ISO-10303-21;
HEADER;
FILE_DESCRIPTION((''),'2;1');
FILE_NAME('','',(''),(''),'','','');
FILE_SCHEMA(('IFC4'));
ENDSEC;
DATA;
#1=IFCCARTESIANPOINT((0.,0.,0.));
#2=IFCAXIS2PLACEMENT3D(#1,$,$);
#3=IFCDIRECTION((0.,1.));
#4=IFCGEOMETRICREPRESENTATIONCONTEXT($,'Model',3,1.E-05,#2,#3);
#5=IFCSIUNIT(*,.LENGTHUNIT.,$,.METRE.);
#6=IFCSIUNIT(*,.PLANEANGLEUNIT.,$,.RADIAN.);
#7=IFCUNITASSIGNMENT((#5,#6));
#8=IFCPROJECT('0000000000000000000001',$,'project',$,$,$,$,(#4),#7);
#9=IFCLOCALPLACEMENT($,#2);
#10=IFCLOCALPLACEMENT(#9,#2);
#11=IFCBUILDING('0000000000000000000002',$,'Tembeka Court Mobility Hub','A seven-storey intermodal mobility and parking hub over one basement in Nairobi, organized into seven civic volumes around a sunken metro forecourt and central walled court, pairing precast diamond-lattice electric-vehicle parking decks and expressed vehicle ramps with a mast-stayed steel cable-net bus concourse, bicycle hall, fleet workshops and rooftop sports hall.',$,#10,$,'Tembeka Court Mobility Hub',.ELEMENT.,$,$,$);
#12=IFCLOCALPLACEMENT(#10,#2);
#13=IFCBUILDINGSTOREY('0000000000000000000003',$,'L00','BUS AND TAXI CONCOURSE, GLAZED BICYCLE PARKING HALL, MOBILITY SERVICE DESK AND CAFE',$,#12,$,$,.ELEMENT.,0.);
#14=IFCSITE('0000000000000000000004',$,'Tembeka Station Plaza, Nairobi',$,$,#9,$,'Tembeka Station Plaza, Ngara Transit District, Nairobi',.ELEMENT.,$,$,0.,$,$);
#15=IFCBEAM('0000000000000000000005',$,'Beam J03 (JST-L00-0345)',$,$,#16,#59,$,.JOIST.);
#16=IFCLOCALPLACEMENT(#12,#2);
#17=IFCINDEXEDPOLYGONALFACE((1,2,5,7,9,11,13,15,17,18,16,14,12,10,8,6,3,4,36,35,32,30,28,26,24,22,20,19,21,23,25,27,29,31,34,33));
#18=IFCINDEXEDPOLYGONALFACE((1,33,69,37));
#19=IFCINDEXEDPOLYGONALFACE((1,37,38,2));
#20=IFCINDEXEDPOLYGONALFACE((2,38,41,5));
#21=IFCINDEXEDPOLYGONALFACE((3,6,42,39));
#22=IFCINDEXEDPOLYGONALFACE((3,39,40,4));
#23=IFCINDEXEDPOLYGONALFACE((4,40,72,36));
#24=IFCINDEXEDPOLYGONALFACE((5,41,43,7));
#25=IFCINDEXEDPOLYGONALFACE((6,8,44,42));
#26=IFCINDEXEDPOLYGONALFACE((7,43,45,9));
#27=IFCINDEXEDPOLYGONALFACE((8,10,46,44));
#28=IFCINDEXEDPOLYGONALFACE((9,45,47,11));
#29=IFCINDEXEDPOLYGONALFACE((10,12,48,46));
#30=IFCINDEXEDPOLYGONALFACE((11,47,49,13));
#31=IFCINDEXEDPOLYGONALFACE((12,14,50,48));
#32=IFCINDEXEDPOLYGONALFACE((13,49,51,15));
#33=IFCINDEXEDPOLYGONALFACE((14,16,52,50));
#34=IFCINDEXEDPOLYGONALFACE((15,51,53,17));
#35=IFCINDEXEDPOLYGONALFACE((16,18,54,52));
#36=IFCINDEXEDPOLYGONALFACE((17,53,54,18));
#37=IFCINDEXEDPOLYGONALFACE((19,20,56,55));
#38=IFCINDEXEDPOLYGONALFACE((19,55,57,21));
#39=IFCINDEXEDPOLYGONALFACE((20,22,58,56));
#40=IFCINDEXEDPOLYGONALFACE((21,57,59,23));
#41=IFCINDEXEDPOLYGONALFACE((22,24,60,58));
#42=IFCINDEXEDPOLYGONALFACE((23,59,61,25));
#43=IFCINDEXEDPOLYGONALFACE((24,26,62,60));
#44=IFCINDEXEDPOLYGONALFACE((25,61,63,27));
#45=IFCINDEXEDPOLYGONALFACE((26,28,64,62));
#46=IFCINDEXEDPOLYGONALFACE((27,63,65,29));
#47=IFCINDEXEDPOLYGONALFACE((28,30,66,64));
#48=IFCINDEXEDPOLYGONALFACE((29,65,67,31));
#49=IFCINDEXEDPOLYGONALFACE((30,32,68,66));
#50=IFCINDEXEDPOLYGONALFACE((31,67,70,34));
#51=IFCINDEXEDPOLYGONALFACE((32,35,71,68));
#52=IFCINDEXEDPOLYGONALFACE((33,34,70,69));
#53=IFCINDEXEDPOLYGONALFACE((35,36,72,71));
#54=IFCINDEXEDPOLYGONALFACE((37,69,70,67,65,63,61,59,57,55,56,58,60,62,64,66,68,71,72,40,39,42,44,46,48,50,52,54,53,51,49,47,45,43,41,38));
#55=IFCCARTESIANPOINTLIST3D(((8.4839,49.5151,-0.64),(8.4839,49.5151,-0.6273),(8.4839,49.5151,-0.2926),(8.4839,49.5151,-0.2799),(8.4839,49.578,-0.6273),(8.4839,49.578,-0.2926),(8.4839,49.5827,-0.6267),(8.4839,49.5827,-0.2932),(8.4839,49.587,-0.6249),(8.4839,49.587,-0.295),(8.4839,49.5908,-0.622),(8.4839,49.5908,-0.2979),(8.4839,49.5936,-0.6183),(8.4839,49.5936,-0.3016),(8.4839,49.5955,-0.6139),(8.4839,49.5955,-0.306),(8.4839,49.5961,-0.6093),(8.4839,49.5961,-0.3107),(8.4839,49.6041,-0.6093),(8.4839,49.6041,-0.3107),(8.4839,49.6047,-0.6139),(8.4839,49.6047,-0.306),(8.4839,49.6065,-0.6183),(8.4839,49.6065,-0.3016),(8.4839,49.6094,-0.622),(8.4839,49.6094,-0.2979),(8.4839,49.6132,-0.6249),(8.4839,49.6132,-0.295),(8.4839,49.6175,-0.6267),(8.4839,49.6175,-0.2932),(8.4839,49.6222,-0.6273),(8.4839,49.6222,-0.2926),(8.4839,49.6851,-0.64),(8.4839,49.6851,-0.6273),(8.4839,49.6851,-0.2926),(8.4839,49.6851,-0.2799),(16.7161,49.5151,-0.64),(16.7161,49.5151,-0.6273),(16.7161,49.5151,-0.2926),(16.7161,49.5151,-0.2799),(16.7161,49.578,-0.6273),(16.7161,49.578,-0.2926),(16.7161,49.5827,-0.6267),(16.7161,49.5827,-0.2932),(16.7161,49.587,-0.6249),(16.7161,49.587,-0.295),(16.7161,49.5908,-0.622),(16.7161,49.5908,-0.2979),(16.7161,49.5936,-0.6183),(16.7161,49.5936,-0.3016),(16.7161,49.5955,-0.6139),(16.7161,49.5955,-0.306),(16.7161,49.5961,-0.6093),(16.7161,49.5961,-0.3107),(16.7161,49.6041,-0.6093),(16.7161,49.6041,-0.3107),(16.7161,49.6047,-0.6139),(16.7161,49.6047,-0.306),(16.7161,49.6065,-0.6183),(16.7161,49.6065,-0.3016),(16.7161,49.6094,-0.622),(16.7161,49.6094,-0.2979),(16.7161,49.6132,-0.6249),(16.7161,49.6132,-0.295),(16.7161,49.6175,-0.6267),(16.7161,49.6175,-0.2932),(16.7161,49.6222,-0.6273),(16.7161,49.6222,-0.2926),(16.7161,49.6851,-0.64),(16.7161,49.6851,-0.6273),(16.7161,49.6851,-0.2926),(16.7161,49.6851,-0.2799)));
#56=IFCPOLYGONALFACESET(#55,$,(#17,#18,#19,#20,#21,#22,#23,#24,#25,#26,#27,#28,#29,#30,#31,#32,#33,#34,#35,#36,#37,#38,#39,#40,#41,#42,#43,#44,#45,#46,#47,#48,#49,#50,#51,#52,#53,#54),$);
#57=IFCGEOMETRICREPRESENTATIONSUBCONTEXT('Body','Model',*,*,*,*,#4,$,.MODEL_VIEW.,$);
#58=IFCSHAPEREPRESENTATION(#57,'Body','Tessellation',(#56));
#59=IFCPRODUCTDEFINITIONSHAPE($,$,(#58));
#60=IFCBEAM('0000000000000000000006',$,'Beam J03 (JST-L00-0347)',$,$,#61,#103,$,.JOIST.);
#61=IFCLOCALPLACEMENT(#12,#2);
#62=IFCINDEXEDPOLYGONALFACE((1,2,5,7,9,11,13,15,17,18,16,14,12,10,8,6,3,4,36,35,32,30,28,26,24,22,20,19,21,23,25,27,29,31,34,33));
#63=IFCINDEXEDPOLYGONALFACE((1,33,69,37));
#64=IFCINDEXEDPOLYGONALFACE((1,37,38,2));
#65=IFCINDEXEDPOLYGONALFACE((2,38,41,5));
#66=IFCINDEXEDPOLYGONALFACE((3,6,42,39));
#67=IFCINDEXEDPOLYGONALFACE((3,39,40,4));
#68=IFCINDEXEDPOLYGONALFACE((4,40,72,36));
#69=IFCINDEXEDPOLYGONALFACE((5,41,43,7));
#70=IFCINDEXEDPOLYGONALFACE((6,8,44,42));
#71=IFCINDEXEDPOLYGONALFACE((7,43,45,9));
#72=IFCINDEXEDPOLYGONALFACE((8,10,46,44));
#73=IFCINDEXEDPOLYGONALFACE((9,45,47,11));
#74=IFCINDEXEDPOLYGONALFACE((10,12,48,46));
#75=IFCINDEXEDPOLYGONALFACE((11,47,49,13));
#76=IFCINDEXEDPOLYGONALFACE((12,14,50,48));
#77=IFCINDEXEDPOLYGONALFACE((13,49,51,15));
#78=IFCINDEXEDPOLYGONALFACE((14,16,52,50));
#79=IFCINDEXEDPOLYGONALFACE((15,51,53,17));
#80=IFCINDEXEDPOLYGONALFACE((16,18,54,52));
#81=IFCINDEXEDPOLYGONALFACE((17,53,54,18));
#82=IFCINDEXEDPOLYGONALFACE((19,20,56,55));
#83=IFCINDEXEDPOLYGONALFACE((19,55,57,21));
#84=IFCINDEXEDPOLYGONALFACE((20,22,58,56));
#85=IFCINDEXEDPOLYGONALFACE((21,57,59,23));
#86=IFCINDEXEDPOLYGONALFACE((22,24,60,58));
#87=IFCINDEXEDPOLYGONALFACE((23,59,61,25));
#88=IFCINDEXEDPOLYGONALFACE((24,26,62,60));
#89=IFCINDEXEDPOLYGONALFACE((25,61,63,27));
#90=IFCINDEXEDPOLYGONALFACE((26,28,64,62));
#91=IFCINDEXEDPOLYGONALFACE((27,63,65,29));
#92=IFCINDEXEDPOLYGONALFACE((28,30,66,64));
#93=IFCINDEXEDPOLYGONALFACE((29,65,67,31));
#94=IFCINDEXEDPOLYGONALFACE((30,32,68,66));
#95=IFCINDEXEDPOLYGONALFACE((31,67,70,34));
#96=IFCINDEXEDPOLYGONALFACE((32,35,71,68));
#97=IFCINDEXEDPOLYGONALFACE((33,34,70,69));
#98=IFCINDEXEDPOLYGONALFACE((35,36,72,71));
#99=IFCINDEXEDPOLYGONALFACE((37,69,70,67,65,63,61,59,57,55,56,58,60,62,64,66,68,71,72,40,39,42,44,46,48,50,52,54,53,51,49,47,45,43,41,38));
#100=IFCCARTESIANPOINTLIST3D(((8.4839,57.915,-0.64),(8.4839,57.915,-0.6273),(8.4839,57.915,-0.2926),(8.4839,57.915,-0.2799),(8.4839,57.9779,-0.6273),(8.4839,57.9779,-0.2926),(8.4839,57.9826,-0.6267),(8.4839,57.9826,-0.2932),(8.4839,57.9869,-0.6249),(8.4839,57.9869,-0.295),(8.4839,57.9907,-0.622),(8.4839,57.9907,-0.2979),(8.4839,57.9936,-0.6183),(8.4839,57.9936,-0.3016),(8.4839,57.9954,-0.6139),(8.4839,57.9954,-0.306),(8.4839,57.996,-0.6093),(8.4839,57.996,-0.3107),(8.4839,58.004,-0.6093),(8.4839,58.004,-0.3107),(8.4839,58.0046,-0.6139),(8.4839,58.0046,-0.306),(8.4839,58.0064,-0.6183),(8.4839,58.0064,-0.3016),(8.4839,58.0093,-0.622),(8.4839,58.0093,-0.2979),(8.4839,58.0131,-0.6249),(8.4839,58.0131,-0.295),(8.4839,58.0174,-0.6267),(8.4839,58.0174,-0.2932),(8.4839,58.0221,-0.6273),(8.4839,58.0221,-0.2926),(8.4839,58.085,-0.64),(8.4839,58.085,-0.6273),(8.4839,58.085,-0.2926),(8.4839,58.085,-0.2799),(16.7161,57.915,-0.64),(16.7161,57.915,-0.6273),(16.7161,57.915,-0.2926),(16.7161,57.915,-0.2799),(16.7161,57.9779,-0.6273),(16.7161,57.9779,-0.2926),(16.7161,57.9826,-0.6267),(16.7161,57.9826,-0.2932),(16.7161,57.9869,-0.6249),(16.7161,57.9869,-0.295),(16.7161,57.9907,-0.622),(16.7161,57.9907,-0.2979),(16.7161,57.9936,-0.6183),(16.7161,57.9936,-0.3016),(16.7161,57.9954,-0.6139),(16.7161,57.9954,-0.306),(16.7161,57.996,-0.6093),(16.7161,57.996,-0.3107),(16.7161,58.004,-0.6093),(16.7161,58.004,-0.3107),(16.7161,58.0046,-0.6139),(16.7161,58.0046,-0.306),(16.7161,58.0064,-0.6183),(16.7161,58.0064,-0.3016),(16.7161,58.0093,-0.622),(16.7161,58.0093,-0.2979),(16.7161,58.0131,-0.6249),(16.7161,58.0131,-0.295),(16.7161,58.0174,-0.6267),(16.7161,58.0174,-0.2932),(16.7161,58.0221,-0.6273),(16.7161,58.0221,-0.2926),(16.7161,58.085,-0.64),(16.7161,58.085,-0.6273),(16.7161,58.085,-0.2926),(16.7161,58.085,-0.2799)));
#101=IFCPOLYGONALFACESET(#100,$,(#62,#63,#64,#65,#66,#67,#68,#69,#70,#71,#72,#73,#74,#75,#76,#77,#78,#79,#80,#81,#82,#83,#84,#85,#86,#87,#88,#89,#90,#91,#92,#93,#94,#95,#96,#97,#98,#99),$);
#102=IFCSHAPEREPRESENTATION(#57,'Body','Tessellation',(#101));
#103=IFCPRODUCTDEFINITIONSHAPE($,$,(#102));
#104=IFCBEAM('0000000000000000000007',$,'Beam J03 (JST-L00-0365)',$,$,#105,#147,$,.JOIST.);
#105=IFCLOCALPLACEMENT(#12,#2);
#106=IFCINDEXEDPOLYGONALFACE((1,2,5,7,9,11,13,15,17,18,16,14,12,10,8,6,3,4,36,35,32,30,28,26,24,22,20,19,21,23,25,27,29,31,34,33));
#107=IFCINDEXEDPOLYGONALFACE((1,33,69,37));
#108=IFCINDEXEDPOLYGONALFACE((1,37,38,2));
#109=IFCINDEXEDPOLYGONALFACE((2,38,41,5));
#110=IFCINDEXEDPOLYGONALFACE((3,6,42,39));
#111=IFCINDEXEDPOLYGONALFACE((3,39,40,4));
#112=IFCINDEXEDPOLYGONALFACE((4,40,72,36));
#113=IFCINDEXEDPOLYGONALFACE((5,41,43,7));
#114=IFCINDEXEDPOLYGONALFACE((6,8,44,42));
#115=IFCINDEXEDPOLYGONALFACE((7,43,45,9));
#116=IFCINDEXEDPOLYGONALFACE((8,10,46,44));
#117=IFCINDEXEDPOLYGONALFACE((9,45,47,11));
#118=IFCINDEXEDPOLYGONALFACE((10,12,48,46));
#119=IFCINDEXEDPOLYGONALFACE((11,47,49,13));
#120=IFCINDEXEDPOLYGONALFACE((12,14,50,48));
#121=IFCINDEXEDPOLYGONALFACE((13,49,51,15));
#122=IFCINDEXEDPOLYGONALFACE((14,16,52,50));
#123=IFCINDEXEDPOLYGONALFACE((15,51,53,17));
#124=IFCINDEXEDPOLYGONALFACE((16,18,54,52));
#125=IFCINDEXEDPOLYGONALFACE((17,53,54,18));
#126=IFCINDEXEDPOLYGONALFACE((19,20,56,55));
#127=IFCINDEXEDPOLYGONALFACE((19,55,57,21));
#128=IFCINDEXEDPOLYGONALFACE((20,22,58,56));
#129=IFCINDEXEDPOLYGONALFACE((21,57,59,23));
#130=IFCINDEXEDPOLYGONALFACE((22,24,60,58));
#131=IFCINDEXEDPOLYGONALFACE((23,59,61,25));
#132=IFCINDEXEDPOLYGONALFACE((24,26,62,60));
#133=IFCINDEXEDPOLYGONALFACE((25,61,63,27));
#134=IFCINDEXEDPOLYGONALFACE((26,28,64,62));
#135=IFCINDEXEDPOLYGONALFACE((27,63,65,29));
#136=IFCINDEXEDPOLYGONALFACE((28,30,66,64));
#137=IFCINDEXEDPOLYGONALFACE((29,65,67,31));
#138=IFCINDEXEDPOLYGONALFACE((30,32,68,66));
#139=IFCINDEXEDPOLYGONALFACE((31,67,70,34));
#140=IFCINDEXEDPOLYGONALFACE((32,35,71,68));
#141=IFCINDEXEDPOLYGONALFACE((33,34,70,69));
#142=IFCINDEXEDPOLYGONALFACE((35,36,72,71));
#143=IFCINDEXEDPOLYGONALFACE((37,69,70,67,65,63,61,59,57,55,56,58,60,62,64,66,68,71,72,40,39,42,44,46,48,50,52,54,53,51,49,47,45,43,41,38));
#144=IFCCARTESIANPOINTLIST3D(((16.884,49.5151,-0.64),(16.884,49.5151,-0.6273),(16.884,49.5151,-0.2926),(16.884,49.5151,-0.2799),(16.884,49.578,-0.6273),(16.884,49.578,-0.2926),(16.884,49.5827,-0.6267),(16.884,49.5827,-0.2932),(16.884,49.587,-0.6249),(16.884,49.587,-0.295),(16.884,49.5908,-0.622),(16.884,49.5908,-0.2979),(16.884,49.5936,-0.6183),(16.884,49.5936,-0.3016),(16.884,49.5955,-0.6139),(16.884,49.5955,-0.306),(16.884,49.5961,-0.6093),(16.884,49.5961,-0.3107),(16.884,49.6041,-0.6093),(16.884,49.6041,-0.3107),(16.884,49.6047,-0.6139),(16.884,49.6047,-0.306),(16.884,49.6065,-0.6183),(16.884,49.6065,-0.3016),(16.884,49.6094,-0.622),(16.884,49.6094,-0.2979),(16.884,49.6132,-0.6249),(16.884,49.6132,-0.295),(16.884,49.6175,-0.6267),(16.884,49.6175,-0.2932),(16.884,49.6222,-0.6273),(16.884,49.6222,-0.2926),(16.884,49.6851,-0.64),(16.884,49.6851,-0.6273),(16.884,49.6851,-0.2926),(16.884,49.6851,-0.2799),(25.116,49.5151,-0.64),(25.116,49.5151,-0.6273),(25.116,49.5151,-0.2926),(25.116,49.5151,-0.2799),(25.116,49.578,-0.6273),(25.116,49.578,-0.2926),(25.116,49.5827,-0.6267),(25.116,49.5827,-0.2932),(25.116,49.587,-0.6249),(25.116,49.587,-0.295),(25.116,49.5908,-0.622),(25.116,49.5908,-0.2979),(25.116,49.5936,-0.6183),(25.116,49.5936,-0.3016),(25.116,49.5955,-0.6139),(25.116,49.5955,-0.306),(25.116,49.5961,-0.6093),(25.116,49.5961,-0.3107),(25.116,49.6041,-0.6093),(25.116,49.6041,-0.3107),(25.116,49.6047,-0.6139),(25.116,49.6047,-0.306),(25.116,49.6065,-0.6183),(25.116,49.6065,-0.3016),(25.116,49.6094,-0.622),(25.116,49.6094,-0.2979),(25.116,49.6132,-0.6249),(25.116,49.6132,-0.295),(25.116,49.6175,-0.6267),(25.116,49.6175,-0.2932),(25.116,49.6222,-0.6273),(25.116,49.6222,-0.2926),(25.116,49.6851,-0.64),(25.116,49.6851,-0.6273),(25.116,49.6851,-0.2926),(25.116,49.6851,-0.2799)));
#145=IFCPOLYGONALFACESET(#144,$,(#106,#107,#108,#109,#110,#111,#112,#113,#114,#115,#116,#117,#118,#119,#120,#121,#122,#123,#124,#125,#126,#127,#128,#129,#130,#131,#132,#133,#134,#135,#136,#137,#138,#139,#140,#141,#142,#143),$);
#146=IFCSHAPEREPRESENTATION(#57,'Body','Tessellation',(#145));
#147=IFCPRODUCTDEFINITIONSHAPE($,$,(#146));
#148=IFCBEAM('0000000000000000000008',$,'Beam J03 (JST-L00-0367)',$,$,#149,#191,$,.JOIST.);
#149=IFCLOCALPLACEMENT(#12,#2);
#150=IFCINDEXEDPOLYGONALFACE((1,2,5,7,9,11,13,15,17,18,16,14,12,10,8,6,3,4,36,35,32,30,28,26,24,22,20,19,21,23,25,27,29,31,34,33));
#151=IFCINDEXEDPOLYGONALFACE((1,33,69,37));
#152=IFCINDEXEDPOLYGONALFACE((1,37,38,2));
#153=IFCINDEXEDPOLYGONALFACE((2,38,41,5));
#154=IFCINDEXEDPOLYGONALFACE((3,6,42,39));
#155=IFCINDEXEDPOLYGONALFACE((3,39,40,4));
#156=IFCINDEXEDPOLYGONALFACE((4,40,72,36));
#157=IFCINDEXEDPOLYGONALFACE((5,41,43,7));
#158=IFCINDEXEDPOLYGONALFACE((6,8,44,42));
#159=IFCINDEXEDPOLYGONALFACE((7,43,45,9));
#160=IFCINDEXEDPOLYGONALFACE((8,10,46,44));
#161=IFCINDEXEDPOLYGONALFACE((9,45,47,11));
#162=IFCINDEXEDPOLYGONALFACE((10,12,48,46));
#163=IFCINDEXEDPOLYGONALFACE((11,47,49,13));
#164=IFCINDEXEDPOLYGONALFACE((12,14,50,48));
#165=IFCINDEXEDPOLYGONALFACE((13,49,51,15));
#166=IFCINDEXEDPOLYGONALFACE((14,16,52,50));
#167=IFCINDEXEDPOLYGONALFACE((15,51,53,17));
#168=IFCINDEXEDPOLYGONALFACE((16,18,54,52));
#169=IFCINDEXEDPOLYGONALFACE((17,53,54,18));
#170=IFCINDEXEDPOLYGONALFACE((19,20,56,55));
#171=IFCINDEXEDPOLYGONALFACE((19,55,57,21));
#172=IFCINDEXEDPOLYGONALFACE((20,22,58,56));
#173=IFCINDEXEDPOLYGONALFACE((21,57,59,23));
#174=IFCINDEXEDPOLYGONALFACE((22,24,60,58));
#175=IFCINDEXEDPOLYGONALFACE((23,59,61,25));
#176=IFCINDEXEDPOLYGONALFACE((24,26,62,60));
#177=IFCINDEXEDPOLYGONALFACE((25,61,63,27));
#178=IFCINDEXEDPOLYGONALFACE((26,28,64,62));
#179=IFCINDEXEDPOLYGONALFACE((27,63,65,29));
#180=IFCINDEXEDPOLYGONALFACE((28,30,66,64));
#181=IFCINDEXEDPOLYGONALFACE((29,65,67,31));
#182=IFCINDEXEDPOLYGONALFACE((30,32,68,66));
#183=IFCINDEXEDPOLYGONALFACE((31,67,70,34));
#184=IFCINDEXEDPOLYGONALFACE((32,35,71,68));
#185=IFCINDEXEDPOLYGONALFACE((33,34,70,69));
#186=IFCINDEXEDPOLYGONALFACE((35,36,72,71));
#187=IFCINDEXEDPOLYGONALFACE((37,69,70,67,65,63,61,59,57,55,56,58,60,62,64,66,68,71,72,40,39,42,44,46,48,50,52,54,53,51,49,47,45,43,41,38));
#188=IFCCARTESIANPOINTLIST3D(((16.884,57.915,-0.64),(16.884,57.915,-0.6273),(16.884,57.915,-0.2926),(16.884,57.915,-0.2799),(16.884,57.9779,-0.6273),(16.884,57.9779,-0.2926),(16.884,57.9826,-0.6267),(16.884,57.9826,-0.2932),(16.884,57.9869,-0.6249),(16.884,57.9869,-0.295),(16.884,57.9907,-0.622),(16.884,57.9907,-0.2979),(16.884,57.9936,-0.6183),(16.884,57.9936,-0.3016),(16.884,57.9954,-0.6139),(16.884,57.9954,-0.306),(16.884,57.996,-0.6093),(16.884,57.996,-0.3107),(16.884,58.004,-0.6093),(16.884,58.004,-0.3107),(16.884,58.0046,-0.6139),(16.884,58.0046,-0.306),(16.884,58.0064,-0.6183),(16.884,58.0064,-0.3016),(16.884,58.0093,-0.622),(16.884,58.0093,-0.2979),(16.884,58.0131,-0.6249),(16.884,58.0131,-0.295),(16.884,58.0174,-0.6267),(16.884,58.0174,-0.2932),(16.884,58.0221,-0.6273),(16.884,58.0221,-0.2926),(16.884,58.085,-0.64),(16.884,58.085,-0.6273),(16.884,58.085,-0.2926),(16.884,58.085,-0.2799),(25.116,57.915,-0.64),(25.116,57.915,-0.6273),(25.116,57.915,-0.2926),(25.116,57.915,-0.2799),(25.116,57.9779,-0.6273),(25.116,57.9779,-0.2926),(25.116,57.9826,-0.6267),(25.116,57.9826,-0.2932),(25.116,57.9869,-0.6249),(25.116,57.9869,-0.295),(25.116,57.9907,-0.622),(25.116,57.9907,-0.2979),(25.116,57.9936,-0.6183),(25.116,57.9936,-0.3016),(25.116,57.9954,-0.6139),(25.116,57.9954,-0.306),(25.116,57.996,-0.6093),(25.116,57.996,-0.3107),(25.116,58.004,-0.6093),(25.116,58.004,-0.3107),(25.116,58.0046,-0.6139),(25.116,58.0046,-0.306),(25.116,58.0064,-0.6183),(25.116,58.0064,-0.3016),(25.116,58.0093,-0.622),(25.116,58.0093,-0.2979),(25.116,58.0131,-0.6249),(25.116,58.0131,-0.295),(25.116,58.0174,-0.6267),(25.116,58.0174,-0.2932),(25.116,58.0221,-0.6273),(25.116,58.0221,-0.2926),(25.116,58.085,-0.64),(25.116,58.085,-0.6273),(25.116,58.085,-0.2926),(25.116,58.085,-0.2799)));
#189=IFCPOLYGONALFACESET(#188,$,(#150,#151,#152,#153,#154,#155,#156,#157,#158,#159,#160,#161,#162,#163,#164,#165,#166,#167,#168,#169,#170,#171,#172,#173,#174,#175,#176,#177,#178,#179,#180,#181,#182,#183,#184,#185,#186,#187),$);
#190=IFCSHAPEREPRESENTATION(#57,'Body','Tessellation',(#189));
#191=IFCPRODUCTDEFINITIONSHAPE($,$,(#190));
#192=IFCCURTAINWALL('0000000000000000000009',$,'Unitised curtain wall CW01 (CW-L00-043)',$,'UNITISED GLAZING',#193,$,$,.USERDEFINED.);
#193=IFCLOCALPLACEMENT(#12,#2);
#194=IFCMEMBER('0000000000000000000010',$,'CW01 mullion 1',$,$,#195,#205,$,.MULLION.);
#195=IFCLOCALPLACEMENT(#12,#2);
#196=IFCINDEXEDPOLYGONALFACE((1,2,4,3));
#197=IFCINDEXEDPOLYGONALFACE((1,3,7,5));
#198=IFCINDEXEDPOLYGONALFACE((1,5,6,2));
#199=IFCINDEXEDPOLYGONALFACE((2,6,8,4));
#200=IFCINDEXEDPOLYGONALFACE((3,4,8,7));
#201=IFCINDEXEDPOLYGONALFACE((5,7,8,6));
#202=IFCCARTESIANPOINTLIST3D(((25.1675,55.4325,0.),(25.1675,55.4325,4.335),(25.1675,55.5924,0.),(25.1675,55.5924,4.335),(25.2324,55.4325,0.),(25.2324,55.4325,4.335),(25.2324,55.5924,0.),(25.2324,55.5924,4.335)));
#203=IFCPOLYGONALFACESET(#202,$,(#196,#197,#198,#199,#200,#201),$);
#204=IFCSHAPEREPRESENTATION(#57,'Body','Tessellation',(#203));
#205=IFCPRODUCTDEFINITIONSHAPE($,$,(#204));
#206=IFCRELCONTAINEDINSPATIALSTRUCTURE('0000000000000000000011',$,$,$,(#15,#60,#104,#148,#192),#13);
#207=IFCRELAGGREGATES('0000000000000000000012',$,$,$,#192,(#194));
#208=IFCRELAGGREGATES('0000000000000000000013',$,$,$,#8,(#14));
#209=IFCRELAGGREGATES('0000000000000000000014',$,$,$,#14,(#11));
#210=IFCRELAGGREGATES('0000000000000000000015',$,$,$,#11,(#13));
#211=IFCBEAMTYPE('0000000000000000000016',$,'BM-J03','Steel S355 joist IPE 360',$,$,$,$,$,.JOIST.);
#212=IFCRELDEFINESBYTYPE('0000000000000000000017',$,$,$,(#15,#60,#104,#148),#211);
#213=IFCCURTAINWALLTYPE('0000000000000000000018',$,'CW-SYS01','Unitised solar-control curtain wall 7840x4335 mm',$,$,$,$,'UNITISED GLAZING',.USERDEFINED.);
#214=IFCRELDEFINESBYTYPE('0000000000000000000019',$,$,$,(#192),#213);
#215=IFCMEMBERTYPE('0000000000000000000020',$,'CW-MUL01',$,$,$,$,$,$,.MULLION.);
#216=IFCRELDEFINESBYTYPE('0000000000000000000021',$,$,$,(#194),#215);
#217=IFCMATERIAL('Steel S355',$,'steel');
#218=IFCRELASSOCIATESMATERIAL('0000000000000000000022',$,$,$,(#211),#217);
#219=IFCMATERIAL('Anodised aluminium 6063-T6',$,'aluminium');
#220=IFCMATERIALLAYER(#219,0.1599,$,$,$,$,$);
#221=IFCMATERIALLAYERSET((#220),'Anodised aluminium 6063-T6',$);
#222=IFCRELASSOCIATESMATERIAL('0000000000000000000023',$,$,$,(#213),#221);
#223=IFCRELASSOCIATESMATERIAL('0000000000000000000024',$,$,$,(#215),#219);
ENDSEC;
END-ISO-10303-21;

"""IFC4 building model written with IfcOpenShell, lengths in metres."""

from ifc_helpers import new_model, si_unit, direction, frame, origin, origin_2d, place, context, subcontext, project, spatial, rectangle, i_section, extrude, material, layer, layer_set, material_profile, profile_set, type_object, element, aggregate, save


model = new_model("IFC4")

# Units and contexts
model_context = context("Model", 3, precision=1e-05, world=origin(), true_north=direction((0.0, 1.0)))
body_context = subcontext(model_context, "Body", "Model", "MODEL_VIEW")
ifc_project = project(units=[si_unit("LENGTHUNIT", "METRE"), si_unit("PLANEANGLEUNIT", "RADIAN")], contexts=[model_context])

# Site, building, storey
site_placement = place(None, origin())
site = spatial("IfcSite", under=ifc_project, at=site_placement, Name="Tembeka Station Plaza, Nairobi", LongName="Tembeka Station Plaza, Ngara Transit District, Nairobi", CompositionType="ELEMENT", RefElevation=0.0)
building_placement = place(site_placement, origin())
building = spatial("IfcBuilding", under=site, at=building_placement, Name="Tembeka Court Mobility Hub", Description="A seven-storey intermodal mobility and parking hub over one basement in Nairobi, organized into seven civic volumes around a sunken metro forecourt and central walled court, pairing precast diamond-lattice electric-vehicle parking decks and expressed vehicle ramps with a mast-stayed steel cable-net bus concourse, bicycle hall, fleet workshops and rooftop sports hall.", LongName="Tembeka Court Mobility Hub", CompositionType="ELEMENT")
storey_placement = place(building_placement, origin())
storey = spatial("IfcBuildingStorey", under=building, at=storey_placement, Name="L00", Description="BUS AND TAXI CONCOURSE, GLAZED BICYCLE PARKING HALL, MOBILITY SERVICE DESK AND CAFE", CompositionType="ELEMENT", Elevation=0.0)

# Shared definitions
ifc_material_1 = material(Name="Steel S355", Category="steel")

# Beams
ifc_material_profile_1 = material_profile(ifc_material_1, i_section(OverallWidth=0.1699, OverallDepth=0.3601, WebThickness=0.0081, FlangeThickness=0.0127, FilletRadius=0.0181, at=origin_2d()), Name="IPE 360")
ifc_profile_set_1 = profile_set([ifc_material_profile_1], Name="Steel S355")
beam_type_1 = type_object("IfcBeamType", Name="BM-J03", Description="Steel S355 joist IPE 360", PredefinedType="JOIST", material=ifc_profile_set_1)
for number, where, z_axis, x_axis, name in (
    (1, (8.4839, 49.6001, -0.46), (1.0, 0.0, 0.0), (0.0, 1.0, 0.0), "Beam J03 (JST-L00-0345)"),
    (2, (8.4839, 58.0, -0.46), (1.0, 0.0, 0.0), (0.0, 1.0, 0.0), "Beam J03 (JST-L00-0347)"),
):
    element("IfcBeam", number, at=place(storey_placement, frame(where, z_axis=z_axis, x_axis=x_axis)), inside=storey, type_object=beam_type_1, Name=name, PredefinedType="JOIST", context=body_context, shape_type="SweptSolid", body=[
        extrude(i_section(OverallWidth=0.1699, OverallDepth=0.3601, WebThickness=0.0081, FlangeThickness=0.0127, FilletRadius=0.0181, at=origin_2d()), origin(), (0.0, 0.0, 1.0), 8.2322),
    ])
for number, where, z_axis, x_axis, name in (
    (3, (16.884, 49.6001, -0.46), (1.0, 0.0, 0.0), (0.0, 1.0, 0.0), "Beam J03 (JST-L00-0365)"),
    (4, (16.884, 58.0, -0.46), (1.0, 0.0, 0.0), (0.0, 1.0, 0.0), "Beam J03 (JST-L00-0367)"),
):
    element("IfcBeam", number, at=place(storey_placement, frame(where, z_axis=z_axis, x_axis=x_axis)), inside=storey, type_object=beam_type_1, Name=name, PredefinedType="JOIST", context=body_context, shape_type="SweptSolid", body=[
        extrude(i_section(OverallWidth=0.1699, OverallDepth=0.3601, WebThickness=0.0081, FlangeThickness=0.0127, FilletRadius=0.0181, at=origin_2d()), origin(), (0.0, 0.0, 1.0), 8.2319),
    ])

# Curtain wall, member
ifc_material_2 = material(Name="Anodised aluminium 6063-T6", Category="aluminium")
ifc_layer_1 = layer(ifc_material_2, 0.1599)
ifc_layer_set_1 = layer_set([ifc_layer_1], Name="Anodised aluminium 6063-T6")
curtain_wall_type = type_object("IfcCurtainWallType", Name="CW-SYS01", Description="Unitised solar-control curtain wall 7840x4335 mm", ElementType="UNITISED GLAZING", PredefinedType="USERDEFINED", material=ifc_layer_set_1)
curtain_wall_placement = place(storey_placement, origin())
curtain_wall = element("IfcCurtainWall", 5, at=curtain_wall_placement, inside=storey, type_object=curtain_wall_type, Name="Unitised curtain wall CW01 (CW-L00-043)", ObjectType="UNITISED GLAZING", PredefinedType="USERDEFINED")
ifc_material_profile_2 = material_profile(ifc_material_2, rectangle(XDim=0.0649, YDim=0.1599, at=origin_2d()), Name="ALU-MUL 65x160")
ifc_profile_set_2 = profile_set([ifc_material_profile_2], Name="Anodised aluminium 6063-T6")
member_type_1 = type_object("IfcMemberType", Name="CW-MUL01", PredefinedType="MULLION", material=ifc_profile_set_2)
member_1_placement = place(storey_placement, frame((25.2, 55.5125, 0.0), z_axis=(0.0, 0.0, 1.0), x_axis=(-1.0, 0.0, 0.0)))
member_1 = element("IfcMember", 6, at=member_1_placement, type_object=member_type_1, Name="CW01 mullion 1", PredefinedType="MULLION", context=body_context, shape_type="SweptSolid", body=[
    extrude(rectangle(XDim=0.0649, YDim=0.1599, at=origin_2d()), origin(), (0.0, 0.0, 1.0), 4.335),
])
aggregate(curtain_wall, [member_1])

save(model, "model.ifc")
